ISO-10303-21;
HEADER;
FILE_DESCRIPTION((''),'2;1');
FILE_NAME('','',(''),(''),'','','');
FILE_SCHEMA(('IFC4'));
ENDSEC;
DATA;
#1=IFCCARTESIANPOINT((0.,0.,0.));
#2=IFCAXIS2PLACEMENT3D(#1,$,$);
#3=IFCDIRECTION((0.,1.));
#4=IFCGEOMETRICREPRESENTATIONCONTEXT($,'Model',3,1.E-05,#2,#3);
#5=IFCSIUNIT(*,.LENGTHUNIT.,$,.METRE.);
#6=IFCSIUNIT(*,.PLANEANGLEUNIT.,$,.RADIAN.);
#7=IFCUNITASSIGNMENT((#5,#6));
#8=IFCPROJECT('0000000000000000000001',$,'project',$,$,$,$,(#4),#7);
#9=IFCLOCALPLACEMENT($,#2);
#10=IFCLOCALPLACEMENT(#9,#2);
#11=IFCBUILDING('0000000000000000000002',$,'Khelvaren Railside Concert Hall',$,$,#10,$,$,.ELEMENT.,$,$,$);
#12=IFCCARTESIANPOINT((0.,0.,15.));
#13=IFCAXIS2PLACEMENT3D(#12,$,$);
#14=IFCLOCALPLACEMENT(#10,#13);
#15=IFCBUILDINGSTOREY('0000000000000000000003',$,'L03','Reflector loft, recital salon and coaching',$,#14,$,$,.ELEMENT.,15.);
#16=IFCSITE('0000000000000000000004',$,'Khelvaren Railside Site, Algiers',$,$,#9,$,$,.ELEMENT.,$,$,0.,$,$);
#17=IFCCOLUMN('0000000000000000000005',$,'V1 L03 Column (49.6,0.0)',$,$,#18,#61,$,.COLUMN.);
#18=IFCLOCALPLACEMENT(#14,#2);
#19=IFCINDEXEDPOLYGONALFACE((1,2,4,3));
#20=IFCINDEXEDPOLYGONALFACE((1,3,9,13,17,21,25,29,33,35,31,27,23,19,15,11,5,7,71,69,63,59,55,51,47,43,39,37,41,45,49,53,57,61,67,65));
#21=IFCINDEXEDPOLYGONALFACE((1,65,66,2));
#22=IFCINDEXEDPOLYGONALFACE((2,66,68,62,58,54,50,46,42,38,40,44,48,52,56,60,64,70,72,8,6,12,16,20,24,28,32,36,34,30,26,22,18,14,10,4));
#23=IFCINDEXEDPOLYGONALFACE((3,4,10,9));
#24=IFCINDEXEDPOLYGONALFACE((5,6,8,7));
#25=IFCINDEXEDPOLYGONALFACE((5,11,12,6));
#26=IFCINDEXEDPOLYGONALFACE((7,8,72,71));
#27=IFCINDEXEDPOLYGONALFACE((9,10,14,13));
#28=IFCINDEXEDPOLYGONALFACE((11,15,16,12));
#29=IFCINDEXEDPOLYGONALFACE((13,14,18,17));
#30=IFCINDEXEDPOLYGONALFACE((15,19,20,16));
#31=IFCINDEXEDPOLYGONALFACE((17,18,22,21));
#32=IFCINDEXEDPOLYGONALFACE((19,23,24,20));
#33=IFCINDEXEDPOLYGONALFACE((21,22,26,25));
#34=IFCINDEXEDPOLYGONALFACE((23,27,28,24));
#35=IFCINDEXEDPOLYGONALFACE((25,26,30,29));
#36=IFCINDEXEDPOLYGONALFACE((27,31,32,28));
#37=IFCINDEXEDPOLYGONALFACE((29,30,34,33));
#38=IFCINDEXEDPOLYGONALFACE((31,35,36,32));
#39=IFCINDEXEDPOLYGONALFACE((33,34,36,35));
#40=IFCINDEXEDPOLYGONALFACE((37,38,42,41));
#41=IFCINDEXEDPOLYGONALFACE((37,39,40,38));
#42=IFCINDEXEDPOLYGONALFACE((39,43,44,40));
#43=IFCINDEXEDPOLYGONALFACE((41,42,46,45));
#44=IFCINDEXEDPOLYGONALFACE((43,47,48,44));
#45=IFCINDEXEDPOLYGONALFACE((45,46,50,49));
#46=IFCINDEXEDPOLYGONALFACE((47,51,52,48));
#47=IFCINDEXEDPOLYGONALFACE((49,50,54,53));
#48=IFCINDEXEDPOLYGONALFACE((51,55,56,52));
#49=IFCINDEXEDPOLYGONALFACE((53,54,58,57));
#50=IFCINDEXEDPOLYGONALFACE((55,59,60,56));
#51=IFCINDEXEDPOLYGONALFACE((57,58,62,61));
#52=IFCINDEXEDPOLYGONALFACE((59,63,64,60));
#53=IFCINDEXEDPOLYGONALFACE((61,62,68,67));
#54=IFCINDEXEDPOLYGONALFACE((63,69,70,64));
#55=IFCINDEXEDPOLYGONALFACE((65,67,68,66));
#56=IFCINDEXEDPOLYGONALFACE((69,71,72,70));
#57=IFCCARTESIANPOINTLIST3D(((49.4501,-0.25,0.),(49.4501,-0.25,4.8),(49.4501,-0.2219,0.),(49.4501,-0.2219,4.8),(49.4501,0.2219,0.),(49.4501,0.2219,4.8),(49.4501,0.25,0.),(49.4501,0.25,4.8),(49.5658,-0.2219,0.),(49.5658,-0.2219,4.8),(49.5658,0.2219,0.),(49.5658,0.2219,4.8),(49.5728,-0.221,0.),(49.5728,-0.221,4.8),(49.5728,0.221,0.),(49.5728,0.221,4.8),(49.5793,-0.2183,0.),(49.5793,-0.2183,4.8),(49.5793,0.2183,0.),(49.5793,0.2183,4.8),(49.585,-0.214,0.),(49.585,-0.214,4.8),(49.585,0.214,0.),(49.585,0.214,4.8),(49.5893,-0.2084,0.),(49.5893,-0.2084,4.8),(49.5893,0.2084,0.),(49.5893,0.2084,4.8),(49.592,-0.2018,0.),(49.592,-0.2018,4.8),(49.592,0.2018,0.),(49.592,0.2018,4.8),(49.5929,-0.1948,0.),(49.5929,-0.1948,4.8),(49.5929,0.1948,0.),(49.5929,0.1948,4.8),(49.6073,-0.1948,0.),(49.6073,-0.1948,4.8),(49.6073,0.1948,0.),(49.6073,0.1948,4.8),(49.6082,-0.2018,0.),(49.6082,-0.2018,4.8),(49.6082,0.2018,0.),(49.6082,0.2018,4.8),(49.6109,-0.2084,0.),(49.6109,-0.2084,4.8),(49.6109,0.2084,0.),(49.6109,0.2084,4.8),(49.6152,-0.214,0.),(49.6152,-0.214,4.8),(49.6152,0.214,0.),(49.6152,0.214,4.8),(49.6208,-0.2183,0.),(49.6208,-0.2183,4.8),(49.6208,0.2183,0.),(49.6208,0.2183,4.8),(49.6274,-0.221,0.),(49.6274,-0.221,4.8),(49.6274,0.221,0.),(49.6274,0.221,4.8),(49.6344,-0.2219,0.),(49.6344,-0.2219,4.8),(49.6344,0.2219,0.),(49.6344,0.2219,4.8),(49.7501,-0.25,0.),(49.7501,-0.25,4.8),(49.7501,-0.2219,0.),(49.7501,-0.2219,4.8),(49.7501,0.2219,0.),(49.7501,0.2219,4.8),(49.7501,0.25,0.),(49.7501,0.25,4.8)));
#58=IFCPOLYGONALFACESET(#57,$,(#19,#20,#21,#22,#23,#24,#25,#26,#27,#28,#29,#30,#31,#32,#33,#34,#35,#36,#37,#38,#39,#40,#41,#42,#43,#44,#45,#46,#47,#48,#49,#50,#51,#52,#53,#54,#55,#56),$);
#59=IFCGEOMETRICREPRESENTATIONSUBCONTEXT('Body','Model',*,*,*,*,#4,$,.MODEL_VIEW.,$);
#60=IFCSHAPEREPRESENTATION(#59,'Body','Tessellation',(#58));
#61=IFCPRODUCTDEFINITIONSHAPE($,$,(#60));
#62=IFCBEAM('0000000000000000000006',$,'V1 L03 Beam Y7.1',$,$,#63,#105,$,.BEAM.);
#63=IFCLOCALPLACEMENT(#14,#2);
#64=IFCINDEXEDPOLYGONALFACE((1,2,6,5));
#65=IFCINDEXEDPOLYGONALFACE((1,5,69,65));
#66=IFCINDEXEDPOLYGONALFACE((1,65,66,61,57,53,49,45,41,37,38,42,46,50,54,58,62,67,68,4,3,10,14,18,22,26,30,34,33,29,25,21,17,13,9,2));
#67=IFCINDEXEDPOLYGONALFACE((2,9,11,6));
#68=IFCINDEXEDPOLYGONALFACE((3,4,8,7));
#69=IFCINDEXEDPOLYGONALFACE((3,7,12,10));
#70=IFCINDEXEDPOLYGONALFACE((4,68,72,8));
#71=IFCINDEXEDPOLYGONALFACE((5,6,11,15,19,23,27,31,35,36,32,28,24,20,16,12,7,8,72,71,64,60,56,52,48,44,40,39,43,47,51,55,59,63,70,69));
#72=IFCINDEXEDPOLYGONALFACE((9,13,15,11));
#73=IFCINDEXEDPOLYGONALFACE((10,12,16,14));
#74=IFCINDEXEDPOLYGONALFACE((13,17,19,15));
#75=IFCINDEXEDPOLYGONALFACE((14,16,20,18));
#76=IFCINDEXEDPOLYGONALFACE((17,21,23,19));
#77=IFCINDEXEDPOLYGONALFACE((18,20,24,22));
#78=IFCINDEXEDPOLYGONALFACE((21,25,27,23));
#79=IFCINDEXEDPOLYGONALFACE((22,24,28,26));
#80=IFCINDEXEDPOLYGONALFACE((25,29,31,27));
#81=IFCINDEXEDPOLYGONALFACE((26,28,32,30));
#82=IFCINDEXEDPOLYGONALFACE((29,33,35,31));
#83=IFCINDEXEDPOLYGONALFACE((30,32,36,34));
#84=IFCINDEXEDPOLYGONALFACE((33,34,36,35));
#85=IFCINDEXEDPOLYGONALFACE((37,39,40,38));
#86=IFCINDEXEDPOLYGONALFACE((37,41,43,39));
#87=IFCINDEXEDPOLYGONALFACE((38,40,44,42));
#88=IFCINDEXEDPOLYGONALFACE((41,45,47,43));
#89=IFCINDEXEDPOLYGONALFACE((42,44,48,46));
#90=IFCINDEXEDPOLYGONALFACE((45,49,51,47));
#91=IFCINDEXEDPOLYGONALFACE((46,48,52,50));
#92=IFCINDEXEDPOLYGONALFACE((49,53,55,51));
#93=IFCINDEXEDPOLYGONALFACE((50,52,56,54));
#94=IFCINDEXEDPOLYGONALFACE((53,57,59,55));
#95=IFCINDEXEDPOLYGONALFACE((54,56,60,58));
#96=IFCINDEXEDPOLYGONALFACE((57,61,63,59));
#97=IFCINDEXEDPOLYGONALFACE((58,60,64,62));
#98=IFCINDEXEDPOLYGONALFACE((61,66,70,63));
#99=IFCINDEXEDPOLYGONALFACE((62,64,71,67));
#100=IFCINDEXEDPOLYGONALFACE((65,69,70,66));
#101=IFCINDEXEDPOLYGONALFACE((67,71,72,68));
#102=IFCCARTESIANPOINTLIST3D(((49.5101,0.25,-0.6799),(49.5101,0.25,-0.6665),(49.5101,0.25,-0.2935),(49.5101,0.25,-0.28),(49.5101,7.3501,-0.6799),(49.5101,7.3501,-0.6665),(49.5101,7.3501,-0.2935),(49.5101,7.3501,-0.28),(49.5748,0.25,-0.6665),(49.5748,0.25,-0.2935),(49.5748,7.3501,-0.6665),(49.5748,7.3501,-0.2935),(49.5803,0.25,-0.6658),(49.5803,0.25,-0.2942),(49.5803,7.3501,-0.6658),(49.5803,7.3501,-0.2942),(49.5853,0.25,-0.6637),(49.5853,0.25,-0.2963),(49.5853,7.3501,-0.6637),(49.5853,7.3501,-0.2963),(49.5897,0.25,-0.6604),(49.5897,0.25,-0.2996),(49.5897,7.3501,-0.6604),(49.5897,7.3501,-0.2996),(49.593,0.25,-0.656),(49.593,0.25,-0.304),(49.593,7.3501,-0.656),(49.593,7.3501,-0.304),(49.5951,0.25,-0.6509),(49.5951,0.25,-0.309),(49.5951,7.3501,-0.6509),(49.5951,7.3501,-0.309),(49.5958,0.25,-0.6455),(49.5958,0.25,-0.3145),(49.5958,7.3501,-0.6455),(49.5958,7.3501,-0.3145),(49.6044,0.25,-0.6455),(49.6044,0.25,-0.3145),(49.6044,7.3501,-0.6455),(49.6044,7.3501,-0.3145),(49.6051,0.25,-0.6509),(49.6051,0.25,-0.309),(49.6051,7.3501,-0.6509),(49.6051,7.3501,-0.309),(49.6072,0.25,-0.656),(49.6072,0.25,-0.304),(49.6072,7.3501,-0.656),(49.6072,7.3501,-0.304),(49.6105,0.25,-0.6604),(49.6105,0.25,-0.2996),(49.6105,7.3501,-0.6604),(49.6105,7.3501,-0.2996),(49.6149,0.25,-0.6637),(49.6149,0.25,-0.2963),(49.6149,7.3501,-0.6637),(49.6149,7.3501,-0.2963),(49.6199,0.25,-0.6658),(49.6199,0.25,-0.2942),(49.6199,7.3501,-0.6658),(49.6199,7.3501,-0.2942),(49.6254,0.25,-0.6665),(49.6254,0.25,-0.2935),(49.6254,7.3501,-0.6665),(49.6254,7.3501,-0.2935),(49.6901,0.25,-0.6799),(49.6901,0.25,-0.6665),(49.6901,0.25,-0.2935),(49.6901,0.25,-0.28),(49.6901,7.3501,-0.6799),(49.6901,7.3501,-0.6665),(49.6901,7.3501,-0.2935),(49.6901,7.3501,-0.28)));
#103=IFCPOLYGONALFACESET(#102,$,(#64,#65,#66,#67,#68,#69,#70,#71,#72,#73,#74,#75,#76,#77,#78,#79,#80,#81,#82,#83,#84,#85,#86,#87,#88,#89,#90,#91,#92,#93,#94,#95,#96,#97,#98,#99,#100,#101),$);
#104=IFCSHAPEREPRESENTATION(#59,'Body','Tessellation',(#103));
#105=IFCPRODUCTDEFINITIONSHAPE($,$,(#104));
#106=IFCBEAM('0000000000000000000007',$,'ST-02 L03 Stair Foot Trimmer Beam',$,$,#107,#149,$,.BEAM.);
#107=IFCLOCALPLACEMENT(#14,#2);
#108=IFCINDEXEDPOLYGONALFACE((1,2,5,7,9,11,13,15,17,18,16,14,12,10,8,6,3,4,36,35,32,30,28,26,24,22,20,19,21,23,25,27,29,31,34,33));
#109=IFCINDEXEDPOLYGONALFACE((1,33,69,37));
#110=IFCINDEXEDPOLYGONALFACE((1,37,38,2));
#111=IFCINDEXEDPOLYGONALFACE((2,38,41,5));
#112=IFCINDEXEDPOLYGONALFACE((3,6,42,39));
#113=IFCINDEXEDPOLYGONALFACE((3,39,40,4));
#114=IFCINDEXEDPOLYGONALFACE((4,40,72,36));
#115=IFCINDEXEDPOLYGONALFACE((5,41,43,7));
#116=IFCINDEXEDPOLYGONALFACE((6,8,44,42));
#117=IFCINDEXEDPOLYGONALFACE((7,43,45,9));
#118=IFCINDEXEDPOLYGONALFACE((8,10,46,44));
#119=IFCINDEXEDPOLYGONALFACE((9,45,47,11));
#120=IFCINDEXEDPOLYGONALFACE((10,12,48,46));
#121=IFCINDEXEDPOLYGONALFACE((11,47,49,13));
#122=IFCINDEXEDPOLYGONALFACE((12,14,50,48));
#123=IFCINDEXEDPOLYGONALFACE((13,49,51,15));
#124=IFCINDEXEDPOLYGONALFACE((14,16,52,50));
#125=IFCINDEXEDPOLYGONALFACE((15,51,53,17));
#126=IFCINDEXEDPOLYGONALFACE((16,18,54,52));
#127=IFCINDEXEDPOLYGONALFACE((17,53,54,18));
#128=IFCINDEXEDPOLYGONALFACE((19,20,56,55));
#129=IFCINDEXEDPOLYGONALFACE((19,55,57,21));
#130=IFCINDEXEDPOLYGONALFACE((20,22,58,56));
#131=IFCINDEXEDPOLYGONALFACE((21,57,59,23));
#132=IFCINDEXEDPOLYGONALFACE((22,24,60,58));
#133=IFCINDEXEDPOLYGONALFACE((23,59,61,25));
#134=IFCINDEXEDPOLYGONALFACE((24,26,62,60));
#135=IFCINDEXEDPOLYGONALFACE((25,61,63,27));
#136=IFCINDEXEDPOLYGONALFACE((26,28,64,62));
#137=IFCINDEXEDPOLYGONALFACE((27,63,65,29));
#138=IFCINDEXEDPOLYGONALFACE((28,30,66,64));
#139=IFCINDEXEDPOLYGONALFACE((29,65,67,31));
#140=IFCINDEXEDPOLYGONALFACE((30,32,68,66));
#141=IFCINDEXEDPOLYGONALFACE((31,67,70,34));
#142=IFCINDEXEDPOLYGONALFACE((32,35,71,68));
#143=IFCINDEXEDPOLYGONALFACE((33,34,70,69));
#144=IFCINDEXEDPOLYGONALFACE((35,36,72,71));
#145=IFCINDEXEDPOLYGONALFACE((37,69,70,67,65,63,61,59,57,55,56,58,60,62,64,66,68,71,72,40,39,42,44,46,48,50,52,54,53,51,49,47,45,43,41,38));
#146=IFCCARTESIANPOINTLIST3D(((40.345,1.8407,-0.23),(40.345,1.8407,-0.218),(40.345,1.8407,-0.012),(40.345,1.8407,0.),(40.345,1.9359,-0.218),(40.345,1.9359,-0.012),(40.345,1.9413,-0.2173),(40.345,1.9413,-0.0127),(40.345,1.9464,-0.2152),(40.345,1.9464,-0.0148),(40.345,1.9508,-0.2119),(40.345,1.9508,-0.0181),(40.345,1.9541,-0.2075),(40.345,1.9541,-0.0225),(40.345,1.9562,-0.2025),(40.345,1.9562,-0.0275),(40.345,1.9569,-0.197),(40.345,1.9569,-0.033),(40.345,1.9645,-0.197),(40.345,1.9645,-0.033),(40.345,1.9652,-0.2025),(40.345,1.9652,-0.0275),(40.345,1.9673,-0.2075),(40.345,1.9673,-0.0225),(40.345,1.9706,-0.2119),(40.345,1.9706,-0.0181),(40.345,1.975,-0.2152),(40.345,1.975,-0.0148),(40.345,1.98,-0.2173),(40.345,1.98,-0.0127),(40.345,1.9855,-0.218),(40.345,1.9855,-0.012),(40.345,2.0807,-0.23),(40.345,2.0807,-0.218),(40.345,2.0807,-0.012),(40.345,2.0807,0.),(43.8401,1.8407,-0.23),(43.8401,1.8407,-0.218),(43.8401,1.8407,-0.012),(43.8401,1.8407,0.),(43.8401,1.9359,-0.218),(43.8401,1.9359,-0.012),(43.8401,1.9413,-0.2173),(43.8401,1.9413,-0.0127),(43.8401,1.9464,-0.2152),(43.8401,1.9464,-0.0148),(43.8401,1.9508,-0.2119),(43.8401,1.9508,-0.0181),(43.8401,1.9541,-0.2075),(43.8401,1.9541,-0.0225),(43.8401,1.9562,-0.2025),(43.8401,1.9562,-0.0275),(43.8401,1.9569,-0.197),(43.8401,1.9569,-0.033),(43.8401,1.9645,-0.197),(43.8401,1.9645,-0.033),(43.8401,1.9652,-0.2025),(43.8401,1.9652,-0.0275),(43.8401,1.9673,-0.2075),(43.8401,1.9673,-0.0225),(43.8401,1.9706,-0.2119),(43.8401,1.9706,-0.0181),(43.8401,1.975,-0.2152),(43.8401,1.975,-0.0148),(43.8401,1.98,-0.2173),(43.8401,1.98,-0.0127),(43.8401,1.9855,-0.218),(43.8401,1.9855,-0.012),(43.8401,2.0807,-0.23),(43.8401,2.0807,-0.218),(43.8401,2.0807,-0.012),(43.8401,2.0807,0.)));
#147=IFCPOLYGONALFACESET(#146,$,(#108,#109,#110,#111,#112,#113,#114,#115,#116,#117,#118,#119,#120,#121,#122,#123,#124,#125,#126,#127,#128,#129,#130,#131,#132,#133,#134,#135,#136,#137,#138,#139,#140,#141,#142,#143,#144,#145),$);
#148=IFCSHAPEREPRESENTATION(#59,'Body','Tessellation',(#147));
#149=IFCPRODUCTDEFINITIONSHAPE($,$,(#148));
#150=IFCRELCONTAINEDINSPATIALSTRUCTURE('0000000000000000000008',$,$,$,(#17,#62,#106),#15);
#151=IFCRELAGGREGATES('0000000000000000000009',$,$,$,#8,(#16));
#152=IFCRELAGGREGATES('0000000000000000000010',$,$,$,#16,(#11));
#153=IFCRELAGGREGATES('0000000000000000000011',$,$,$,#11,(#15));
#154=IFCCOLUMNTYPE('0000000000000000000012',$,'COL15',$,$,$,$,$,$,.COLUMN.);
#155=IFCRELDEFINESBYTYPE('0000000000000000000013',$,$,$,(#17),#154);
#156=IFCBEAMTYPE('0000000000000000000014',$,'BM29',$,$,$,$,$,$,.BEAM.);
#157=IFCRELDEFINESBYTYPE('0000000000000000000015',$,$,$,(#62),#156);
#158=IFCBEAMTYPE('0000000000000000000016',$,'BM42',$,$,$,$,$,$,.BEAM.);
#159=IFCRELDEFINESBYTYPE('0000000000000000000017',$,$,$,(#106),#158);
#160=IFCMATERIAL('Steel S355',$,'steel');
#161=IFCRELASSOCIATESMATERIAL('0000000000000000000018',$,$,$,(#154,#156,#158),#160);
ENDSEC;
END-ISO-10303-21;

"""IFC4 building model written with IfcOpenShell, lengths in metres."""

from ifc_helpers import new_model, si_unit, direction, frame, origin, origin_2d, place, context, subcontext, project, spatial, i_section, extrude, material, material_profile, profile_set, type_object, element, save


model = new_model("IFC4")

# Units and contexts
model_context = context("Model", 3, precision=1e-05, world=origin(), true_north=direction((0.0, 1.0)))
body_context = subcontext(model_context, "Body", "Model", "MODEL_VIEW")
ifc_project = project(units=[si_unit("LENGTHUNIT", "METRE"), si_unit("PLANEANGLEUNIT", "RADIAN")], contexts=[model_context])

# Site, building, storey
site_placement = place(None, origin())
site = spatial("IfcSite", under=ifc_project, at=site_placement, Name="Khelvaren Railside Site, Algiers", CompositionType="ELEMENT", RefElevation=0.0)
building_placement = place(site_placement, origin())
building = spatial("IfcBuilding", under=site, at=building_placement, Name="Khelvaren Railside Concert Hall", CompositionType="ELEMENT")
storey_placement = place(building_placement, frame((0.0, 0.0, 15.0)))
storey = spatial("IfcBuildingStorey", under=building, at=storey_placement, Name="L03", Description="Reflector loft, recital salon and coaching", CompositionType="ELEMENT", Elevation=15.0)

# Column
ifc_material_1 = material(Name="Steel S355", Category="steel")
ifc_material_profile_1 = material_profile(ifc_material_1, i_section(OverallWidth=0.3, OverallDepth=0.5, WebThickness=0.0144, FlangeThickness=0.0281, FilletRadius=0.0271, at=origin_2d()), Name="HEB 500")
ifc_profile_set_1 = profile_set([ifc_material_profile_1], Name="Steel S355")
column_type = type_object("IfcColumnType", Name="COL15", PredefinedType="COLUMN", material=ifc_profile_set_1)
column_placement = place(storey_placement, frame((49.6001, 0.0, 0.0), z_axis=(0.0, 0.0, 1.0), x_axis=(1.0, 0.0, 0.0)))
element("IfcColumn", 1, at=column_placement, inside=storey, type_object=column_type, Name="V1 L03 Column (49.6,0.0)", PredefinedType="COLUMN", context=body_context, shape_type="SweptSolid", body=[
    extrude(i_section(OverallWidth=0.3, OverallDepth=0.5, WebThickness=0.0144, FlangeThickness=0.0281, FilletRadius=0.0271, at=origin_2d()), origin(), (0.0, 0.0, 1.0), 4.8),
])

# Beams
ifc_material_profile_2 = material_profile(ifc_material_1, i_section(OverallWidth=0.1799, OverallDepth=0.3999, WebThickness=0.0085, FlangeThickness=0.0134, FilletRadius=0.021, at=origin_2d()), Name="IPE 400")
ifc_profile_set_2 = profile_set([ifc_material_profile_2], Name="Steel S355")
beam_type_1 = type_object("IfcBeamType", Name="BM29", PredefinedType="BEAM", material=ifc_profile_set_2)
beam_1_placement = place(storey_placement, frame((49.6001, 0.25, -0.48), z_axis=(0.0, 1.0, 0.0), x_axis=(-1.0, 0.0, 0.0)))
element("IfcBeam", 2, at=beam_1_placement, inside=storey, type_object=beam_type_1, Name="V1 L03 Beam Y7.1", PredefinedType="BEAM", context=body_context, shape_type="SweptSolid", body=[
    extrude(i_section(OverallWidth=0.1799, OverallDepth=0.3999, WebThickness=0.0085, FlangeThickness=0.0134, FilletRadius=0.021, at=origin_2d()), origin(), (0.0, 0.0, 1.0), 7.1001),
])
ifc_material_profile_3 = material_profile(ifc_material_1, i_section(OverallWidth=0.24, OverallDepth=0.23, WebThickness=0.0076, FlangeThickness=0.012, FilletRadius=0.021, at=origin_2d()), Name="HEA 240")
ifc_profile_set_3 = profile_set([ifc_material_profile_3], Name="Steel S355")
beam_type_2 = type_object("IfcBeamType", Name="BM42", PredefinedType="BEAM", material=ifc_profile_set_3)
beam_2_placement = place(storey_placement, frame((40.345, 1.9607, -0.115), z_axis=(1.0, 0.0, 0.0), x_axis=(0.0, 1.0, 0.0)))
element("IfcBeam", 3, at=beam_2_placement, inside=storey, type_object=beam_type_2, Name="ST-02 L03 Stair Foot Trimmer Beam", PredefinedType="BEAM", context=body_context, shape_type="SweptSolid", body=[
    extrude(i_section(OverallWidth=0.24, OverallDepth=0.23, WebThickness=0.0076, FlangeThickness=0.012, FilletRadius=0.021, at=origin_2d()), origin(), (0.0, 0.0, 1.0), 3.4951),
])

save(model, "model.ifc")
